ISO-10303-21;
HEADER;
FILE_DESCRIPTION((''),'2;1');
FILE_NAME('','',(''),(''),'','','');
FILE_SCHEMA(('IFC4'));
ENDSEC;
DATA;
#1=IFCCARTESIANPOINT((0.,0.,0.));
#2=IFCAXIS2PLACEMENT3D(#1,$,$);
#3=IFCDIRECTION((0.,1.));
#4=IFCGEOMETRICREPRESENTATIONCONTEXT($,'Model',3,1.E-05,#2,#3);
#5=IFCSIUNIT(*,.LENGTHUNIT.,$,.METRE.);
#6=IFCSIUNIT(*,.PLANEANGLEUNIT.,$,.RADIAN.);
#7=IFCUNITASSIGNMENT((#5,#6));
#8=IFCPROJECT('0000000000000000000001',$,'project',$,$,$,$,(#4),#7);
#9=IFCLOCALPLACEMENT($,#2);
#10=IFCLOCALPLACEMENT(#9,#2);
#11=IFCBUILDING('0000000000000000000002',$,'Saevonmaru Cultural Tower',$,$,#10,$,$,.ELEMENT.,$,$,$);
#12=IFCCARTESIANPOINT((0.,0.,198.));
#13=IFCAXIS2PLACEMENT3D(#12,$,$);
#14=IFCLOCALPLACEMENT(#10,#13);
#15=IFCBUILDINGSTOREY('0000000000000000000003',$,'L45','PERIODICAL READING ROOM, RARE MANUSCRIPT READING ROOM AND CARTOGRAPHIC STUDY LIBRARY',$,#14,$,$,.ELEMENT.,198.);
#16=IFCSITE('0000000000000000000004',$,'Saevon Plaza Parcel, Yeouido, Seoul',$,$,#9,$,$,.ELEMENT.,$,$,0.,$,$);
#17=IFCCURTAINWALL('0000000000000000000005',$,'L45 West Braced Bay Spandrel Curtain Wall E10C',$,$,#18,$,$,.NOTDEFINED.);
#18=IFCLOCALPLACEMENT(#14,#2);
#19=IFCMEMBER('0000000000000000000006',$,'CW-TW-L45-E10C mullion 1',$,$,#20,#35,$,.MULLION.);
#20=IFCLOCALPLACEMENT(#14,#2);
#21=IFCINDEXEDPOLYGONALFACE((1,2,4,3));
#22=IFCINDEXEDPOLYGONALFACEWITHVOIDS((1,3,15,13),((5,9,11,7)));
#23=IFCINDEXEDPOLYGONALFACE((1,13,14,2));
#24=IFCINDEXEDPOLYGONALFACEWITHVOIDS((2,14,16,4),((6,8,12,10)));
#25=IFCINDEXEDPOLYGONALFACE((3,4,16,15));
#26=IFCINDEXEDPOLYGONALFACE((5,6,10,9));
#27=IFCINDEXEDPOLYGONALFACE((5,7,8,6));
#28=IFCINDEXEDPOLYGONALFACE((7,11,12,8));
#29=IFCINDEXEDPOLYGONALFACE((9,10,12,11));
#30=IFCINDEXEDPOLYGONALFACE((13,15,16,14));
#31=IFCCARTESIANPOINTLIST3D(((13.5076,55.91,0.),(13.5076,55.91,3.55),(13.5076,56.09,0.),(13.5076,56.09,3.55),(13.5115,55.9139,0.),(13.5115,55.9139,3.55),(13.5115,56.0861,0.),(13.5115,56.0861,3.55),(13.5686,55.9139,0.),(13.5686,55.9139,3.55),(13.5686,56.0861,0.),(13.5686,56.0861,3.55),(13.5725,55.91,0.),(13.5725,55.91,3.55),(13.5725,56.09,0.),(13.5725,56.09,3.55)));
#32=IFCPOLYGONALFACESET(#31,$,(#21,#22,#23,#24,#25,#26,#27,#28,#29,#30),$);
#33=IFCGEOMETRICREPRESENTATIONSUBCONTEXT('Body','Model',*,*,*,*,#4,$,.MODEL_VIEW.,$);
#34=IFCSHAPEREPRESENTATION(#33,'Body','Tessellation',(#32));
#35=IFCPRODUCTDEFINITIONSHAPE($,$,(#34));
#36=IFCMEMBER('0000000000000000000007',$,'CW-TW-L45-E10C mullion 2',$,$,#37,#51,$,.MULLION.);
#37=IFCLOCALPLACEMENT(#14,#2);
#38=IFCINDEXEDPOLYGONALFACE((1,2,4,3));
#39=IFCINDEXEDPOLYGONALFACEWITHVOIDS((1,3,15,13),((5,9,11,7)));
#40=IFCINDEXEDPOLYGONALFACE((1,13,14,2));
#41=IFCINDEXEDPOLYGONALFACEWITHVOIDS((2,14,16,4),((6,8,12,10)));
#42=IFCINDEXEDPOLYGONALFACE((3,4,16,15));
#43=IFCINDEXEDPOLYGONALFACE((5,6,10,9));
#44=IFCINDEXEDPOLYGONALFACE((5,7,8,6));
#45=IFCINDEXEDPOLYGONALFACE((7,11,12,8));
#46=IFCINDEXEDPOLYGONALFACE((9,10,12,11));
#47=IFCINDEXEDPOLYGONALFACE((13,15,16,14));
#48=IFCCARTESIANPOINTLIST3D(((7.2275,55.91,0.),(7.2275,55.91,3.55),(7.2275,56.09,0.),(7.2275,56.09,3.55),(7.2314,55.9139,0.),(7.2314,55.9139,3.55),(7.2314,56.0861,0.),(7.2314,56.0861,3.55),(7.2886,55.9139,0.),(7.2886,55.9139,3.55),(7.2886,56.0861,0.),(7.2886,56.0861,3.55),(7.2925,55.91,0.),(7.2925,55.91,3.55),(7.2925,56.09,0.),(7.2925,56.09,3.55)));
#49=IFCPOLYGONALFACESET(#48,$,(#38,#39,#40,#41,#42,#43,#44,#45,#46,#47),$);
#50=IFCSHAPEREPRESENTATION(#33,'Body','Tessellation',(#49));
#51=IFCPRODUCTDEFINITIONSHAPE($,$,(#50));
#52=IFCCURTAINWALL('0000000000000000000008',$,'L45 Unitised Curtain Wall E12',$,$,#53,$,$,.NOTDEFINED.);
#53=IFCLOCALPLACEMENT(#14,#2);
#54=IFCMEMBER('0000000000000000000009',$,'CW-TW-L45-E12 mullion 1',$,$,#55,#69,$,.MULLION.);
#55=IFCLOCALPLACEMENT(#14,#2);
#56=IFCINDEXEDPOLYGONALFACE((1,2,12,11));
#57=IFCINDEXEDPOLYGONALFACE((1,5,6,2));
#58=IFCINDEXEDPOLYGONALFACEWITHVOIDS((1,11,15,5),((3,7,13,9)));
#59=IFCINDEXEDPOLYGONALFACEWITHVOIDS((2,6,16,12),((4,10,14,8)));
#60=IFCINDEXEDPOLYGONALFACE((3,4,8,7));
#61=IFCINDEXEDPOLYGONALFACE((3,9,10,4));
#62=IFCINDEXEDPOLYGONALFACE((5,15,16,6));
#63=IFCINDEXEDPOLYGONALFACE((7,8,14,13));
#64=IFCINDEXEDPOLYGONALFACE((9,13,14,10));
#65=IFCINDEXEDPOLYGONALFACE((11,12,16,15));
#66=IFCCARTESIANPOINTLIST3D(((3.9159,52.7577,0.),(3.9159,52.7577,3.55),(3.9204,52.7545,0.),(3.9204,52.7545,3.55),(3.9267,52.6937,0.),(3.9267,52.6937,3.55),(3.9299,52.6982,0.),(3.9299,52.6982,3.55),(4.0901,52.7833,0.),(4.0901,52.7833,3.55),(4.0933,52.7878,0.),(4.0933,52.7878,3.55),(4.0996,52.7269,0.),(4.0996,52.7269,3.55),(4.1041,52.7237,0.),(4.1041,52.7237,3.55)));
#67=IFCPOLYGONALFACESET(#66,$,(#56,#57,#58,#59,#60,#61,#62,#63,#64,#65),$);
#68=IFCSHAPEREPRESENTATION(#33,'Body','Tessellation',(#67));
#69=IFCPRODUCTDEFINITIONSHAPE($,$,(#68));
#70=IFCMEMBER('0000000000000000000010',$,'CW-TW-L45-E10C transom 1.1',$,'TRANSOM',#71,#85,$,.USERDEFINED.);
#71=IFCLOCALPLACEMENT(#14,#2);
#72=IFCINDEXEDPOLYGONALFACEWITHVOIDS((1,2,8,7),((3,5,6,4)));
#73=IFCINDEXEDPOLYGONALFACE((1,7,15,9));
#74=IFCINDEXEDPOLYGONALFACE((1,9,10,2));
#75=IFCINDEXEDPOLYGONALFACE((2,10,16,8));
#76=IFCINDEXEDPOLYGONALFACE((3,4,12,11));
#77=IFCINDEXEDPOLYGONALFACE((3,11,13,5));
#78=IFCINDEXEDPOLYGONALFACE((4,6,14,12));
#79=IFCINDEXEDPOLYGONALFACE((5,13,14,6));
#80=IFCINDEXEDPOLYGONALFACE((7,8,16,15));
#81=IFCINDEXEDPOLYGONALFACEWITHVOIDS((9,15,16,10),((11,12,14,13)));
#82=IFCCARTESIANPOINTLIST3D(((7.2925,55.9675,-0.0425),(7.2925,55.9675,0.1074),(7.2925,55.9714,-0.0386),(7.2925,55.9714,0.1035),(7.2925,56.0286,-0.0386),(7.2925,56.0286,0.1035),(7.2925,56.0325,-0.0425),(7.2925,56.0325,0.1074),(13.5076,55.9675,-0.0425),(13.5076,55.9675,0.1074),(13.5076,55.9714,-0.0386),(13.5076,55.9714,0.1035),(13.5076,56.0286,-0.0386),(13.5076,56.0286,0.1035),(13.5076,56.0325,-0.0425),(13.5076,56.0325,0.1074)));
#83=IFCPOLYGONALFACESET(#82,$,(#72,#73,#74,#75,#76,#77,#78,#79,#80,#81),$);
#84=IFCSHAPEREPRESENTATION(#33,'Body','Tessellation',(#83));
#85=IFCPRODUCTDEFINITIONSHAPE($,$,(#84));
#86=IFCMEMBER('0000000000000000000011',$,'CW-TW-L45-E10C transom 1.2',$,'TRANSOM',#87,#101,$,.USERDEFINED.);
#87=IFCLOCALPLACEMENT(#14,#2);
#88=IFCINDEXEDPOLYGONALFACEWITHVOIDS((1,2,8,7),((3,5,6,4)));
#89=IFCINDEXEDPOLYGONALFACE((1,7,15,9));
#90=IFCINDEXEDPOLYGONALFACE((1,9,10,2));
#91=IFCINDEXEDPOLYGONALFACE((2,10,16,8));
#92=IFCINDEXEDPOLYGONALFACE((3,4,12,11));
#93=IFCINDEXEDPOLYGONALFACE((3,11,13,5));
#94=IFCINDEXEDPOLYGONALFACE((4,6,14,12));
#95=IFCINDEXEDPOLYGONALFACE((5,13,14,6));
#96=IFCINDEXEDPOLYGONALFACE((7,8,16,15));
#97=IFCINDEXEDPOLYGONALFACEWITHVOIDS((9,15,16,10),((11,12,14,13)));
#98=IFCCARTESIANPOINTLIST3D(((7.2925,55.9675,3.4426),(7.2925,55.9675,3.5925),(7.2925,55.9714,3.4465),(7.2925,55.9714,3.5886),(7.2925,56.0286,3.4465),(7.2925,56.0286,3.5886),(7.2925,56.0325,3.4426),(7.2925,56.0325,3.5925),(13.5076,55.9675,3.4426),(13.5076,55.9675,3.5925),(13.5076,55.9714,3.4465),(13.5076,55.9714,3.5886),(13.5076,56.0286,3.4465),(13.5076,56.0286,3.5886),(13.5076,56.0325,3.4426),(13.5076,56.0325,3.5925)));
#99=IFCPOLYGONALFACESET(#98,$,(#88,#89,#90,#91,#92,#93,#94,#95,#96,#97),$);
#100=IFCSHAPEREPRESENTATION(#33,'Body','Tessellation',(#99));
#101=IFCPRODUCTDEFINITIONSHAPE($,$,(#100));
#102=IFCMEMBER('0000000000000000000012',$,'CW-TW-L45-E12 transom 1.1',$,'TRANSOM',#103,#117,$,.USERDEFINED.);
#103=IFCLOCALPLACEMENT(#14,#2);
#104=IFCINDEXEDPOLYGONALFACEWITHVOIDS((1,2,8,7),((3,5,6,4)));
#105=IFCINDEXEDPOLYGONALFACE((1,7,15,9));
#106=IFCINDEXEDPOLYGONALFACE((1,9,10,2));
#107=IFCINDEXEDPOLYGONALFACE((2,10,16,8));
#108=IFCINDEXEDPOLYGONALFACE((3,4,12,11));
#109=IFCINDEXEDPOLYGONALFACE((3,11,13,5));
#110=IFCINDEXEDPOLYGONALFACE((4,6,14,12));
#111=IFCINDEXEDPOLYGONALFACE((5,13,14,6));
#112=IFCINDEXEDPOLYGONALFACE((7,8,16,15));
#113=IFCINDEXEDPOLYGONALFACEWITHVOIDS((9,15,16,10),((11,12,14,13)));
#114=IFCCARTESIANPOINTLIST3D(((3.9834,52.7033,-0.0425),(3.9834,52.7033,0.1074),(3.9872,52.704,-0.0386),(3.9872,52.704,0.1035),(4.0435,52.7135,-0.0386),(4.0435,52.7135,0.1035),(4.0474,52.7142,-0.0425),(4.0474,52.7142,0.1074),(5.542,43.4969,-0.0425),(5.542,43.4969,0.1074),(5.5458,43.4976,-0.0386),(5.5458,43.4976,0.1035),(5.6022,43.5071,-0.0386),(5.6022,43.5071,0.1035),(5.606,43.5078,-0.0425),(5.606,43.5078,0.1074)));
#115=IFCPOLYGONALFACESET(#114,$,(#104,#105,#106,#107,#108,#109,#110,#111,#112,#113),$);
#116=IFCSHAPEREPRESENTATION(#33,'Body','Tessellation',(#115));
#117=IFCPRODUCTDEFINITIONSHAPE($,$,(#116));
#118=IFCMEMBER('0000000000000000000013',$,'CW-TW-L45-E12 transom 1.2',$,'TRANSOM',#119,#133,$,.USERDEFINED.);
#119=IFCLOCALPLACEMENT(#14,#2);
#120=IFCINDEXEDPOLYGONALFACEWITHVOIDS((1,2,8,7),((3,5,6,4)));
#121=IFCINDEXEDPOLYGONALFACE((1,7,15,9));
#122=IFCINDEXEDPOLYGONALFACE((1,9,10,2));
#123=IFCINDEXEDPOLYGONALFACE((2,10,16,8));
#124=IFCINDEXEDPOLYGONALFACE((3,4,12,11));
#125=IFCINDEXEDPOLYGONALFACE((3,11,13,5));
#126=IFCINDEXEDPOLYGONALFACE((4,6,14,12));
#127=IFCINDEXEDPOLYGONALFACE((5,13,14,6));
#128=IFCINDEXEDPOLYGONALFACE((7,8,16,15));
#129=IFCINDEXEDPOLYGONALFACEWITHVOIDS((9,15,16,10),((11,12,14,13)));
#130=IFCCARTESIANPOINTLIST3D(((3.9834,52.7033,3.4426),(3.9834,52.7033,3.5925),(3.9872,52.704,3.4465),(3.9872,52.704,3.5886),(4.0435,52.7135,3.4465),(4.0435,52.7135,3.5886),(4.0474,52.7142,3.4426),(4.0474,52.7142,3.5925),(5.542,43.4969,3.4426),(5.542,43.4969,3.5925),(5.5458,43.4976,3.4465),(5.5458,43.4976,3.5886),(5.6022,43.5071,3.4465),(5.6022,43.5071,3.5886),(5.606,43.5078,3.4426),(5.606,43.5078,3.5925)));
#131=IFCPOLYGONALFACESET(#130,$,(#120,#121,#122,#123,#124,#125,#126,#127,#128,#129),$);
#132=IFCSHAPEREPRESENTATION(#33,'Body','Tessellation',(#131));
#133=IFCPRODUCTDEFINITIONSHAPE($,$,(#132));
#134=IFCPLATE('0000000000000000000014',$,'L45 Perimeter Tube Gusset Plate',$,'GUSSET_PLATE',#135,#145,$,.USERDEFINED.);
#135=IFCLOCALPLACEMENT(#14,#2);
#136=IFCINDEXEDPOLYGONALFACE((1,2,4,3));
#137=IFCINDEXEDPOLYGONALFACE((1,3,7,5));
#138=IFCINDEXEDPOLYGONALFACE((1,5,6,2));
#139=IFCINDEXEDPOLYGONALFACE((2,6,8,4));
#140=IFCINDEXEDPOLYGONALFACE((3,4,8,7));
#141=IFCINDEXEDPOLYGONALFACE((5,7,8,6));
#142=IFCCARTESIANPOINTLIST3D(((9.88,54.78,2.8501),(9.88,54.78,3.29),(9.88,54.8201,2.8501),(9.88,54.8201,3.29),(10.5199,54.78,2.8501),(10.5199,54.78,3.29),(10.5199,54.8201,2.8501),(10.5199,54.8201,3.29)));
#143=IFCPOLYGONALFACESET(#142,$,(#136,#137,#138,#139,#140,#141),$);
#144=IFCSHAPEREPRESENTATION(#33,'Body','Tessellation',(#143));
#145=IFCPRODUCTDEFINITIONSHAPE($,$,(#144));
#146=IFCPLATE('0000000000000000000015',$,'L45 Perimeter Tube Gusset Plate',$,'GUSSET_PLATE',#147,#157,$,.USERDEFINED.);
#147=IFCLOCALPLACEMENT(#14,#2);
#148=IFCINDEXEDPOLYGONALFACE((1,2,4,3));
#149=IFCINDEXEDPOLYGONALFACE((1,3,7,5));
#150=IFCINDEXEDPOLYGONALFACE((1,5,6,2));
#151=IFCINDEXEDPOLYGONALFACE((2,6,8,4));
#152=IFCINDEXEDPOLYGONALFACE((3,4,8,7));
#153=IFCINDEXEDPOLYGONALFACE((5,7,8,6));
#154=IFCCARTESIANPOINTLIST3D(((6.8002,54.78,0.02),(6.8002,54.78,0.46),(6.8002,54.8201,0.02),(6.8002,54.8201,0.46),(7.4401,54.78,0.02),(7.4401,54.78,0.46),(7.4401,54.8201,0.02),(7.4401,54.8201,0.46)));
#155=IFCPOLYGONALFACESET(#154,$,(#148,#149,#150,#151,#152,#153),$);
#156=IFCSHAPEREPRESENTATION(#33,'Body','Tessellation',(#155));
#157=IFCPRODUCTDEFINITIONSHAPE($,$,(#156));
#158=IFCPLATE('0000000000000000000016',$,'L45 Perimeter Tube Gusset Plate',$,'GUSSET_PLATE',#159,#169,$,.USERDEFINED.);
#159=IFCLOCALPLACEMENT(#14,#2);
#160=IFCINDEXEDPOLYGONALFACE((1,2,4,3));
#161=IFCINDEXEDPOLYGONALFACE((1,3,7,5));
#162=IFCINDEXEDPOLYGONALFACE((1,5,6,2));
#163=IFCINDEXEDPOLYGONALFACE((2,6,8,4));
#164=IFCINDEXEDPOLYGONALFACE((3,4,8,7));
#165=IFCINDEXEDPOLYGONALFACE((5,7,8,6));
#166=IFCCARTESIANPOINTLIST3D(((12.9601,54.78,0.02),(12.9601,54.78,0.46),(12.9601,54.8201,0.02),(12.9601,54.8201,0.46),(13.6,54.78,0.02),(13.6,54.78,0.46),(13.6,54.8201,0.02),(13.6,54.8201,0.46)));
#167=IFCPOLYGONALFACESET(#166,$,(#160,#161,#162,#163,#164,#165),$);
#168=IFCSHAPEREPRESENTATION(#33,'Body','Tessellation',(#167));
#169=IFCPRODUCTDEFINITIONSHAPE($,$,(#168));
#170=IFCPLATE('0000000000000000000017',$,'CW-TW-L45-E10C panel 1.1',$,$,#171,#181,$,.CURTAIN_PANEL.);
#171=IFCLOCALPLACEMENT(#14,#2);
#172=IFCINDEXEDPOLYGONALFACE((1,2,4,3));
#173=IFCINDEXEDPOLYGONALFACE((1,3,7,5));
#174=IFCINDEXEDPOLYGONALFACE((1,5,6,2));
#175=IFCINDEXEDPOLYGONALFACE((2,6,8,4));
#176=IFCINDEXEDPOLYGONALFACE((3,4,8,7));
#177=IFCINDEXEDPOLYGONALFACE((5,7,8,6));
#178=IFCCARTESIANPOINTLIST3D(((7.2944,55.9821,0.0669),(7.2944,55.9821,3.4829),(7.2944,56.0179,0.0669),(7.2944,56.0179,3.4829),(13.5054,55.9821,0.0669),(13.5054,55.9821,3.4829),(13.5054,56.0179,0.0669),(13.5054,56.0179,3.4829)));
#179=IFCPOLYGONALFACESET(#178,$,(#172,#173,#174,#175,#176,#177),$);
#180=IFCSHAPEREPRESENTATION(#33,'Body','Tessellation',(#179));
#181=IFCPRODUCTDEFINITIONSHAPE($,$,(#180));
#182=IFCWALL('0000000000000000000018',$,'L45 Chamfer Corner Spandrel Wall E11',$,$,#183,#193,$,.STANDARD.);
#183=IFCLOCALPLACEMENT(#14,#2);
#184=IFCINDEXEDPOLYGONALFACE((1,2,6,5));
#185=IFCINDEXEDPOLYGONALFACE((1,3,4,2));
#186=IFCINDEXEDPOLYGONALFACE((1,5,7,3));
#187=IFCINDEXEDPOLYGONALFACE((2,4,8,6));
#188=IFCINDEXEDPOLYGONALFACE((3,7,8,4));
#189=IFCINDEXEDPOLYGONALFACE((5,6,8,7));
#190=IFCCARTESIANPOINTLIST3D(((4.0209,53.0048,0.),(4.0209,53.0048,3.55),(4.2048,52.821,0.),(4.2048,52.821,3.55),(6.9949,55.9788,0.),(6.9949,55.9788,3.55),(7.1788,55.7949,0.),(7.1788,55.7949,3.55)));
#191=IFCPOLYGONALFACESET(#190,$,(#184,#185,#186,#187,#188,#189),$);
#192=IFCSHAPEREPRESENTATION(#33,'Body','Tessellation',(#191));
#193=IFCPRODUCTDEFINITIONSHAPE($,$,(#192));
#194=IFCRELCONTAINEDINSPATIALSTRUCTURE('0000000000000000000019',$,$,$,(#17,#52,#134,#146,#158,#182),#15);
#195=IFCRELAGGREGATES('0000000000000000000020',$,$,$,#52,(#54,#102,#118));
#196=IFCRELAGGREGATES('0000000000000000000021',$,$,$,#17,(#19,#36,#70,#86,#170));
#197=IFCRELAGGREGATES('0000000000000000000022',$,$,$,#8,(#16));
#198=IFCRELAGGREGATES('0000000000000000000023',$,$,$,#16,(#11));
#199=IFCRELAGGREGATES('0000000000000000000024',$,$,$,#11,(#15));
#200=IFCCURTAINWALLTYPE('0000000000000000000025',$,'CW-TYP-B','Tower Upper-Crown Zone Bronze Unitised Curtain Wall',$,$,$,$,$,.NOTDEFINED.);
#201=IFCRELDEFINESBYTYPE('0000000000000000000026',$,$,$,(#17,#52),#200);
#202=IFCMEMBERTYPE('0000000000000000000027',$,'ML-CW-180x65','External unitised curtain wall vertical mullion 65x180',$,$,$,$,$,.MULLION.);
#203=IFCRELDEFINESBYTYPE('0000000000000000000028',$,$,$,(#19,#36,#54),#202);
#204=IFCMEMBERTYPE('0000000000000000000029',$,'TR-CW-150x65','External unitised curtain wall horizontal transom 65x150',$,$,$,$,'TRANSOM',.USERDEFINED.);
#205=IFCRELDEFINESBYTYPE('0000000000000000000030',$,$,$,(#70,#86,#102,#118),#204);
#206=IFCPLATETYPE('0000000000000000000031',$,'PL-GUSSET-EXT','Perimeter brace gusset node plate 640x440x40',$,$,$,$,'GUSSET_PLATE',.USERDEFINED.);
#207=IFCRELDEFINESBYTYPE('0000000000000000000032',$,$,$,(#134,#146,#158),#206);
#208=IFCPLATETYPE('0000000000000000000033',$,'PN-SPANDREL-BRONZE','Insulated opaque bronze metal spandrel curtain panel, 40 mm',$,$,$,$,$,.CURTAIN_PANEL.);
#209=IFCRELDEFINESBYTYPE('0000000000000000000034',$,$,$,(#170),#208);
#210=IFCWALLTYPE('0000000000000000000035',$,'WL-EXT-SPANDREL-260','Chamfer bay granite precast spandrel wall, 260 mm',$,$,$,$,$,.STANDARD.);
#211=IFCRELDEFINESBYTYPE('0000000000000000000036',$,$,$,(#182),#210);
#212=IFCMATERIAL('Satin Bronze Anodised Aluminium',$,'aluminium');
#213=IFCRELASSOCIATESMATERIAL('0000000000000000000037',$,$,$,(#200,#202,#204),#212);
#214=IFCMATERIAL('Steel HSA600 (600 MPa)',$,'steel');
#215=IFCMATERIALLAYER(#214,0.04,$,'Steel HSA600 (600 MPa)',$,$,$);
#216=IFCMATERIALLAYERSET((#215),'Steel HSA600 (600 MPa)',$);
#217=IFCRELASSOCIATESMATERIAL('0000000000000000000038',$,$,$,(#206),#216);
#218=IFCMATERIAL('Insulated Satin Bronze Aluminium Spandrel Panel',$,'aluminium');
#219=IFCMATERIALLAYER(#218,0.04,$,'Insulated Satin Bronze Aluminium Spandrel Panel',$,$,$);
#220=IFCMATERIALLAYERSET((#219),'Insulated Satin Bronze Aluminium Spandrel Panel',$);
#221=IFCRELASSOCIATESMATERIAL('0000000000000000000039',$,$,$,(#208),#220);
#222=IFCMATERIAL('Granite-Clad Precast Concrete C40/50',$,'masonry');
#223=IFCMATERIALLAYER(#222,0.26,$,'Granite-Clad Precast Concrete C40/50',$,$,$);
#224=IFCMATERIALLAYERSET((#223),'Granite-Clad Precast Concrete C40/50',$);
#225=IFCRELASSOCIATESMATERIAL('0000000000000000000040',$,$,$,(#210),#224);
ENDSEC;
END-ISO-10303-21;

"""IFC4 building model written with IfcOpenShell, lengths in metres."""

from ifc_helpers import new_model, si_unit, direction, frame, frame_2d, origin, origin_2d, place, context, subcontext, project, spatial, rectangle, hollow_rectangle, extrude, material, layer, layer_set, material_profile, profile_set, type_object, element, aggregate, save


model = new_model("IFC4")

# Units and contexts
model_context = context("Model", 3, precision=1e-05, world=origin(), true_north=direction((0.0, 1.0)))
body_context = subcontext(model_context, "Body", "Model", "MODEL_VIEW")
ifc_project = project(units=[si_unit("LENGTHUNIT", "METRE"), si_unit("PLANEANGLEUNIT", "RADIAN")], contexts=[model_context])

# Site, building, storey
site_placement = place(None, origin())
site = spatial("IfcSite", under=ifc_project, at=site_placement, Name="Saevon Plaza Parcel, Yeouido, Seoul", CompositionType="ELEMENT", RefElevation=0.0)
building_placement = place(site_placement, origin())
building = spatial("IfcBuilding", under=site, at=building_placement, Name="Saevonmaru Cultural Tower", CompositionType="ELEMENT")
storey_placement = place(building_placement, frame((0.0, 0.0, 198.0)))
storey = spatial("IfcBuildingStorey", under=building, at=storey_placement, Name="L45", Description="PERIODICAL READING ROOM, RARE MANUSCRIPT READING ROOM AND CARTOGRAPHIC STUDY LIBRARY", CompositionType="ELEMENT", Elevation=198.0)

# Curtain wall, members
ifc_material_1 = material(Name="Satin Bronze Anodised Aluminium", Category="aluminium")
curtain_wall_type = type_object("IfcCurtainWallType", Name="CW-TYP-B", Description="Tower Upper-Crown Zone Bronze Unitised Curtain Wall", PredefinedType="NOTDEFINED", material=ifc_material_1)
curtain_wall_1_placement = place(storey_placement, origin())
curtain_wall_1 = element("IfcCurtainWall", 1, at=curtain_wall_1_placement, inside=storey, type_object=curtain_wall_type, Name="L45 West Braced Bay Spandrel Curtain Wall E10C", PredefinedType="NOTDEFINED")
ifc_material_profile_1 = material_profile(ifc_material_1, hollow_rectangle(XDim=0.0649, YDim=0.1799, WallThickness=0.0039, at=origin_2d()), Name="ALU-MULL-180x65x4")
ifc_profile_set_1 = profile_set([ifc_material_profile_1], Name="Satin Bronze Anodised Aluminium")
member_type_1 = type_object("IfcMemberType", Name="ML-CW-180x65", Description="External unitised curtain wall vertical mullion 65x180", PredefinedType="MULLION", material=ifc_profile_set_1)
member_1_placement = place(storey_placement, frame((13.54, 56.0, 0.0), z_axis=(0.0, 0.0, 1.0), x_axis=(-1.0, 0.0, 0.0)))
member_1 = element("IfcMember", 2, at=member_1_placement, type_object=member_type_1, Name="CW-TW-L45-E10C mullion 1", PredefinedType="MULLION", context=body_context, shape_type="SweptSolid", body=[
    extrude(hollow_rectangle(XDim=0.0649, YDim=0.1799, WallThickness=0.0039, at=origin_2d()), origin(), (0.0, 0.0, 1.0), 3.55),
])
member_2_placement = place(storey_placement, frame((7.26, 56.0, 0.0), z_axis=(0.0, 0.0, 1.0), x_axis=(-1.0, 0.0, 0.0)))
member_2 = element("IfcMember", 3, at=member_2_placement, type_object=member_type_1, Name="CW-TW-L45-E10C mullion 2", PredefinedType="MULLION", context=body_context, shape_type="SweptSolid", body=[
    extrude(hollow_rectangle(XDim=0.0649, YDim=0.1799, WallThickness=0.0039, at=origin_2d()), origin(), (0.0, 0.0, 1.0), 3.55),
])

# Curtain wall, member
curtain_wall_2_placement = place(storey_placement, origin())
curtain_wall_2 = element("IfcCurtainWall", 4, at=curtain_wall_2_placement, inside=storey, type_object=curtain_wall_type, Name="L45 Unitised Curtain Wall E12", PredefinedType="NOTDEFINED")
member_3_placement = place(storey_placement, frame((4.01, 52.7407, 0.0), z_axis=(0.0, 0.0, 1.0), x_axis=(0.166922, -0.98597, 0.0)))
member_3 = element("IfcMember", 5, at=member_3_placement, type_object=member_type_1, Name="CW-TW-L45-E12 mullion 1", PredefinedType="MULLION", context=body_context, shape_type="SweptSolid", body=[
    extrude(hollow_rectangle(XDim=0.0649, YDim=0.1799, WallThickness=0.0039, at=origin_2d()), origin(), (0.0, 0.0, 1.0), 3.55),
])

# Members
ifc_material_profile_2 = material_profile(ifc_material_1, hollow_rectangle(XDim=0.0649, YDim=0.1499, WallThickness=0.0039, at=origin_2d()), Name="ALU-TRAN-150x65x4")
ifc_profile_set_2 = profile_set([ifc_material_profile_2], Name="Satin Bronze Anodised Aluminium")
member_type_2 = type_object("IfcMemberType", Name="TR-CW-150x65", Description="External unitised curtain wall horizontal transom 65x150", ElementType="TRANSOM", PredefinedType="USERDEFINED", material=ifc_profile_set_2)
member_4_placement = place(storey_placement, frame((13.5076, 56.0, 0.0325), z_axis=(-1.0, 0.0, 0.0), x_axis=(0.0, -1.0, 0.0)))
member_4 = element("IfcMember", 6, at=member_4_placement, type_object=member_type_2, Name="CW-TW-L45-E10C transom 1.1", ObjectType="TRANSOM", PredefinedType="USERDEFINED", context=body_context, shape_type="SweptSolid", body=[
    extrude(hollow_rectangle(XDim=0.0649, YDim=0.1499, WallThickness=0.0039, at=origin_2d()), origin(), (0.0, 0.0, 1.0), 6.2151),
])
member_5_placement = place(storey_placement, frame((13.5076, 56.0, 3.5176), z_axis=(-1.0, 0.0, 0.0), x_axis=(0.0, -1.0, 0.0)))
member_5 = element("IfcMember", 7, at=member_5_placement, type_object=member_type_2, Name="CW-TW-L45-E10C transom 1.2", ObjectType="TRANSOM", PredefinedType="USERDEFINED", context=body_context, shape_type="SweptSolid", body=[
    extrude(hollow_rectangle(XDim=0.0649, YDim=0.1499, WallThickness=0.0039, at=origin_2d()), origin(), (0.0, 0.0, 1.0), 6.2151),
])
member_6_placement = place(storey_placement, frame((4.0154, 52.7087, 0.0325), z_axis=(0.166921, -0.98597, 0.0), x_axis=(0.98597, 0.166921, 0.0)))
member_6 = element("IfcMember", 8, at=member_6_placement, type_object=member_type_2, Name="CW-TW-L45-E12 transom 1.1", ObjectType="TRANSOM", PredefinedType="USERDEFINED", context=body_context, shape_type="SweptSolid", body=[
    extrude(hollow_rectangle(XDim=0.0649, YDim=0.1499, WallThickness=0.0039, at=origin_2d()), origin(), (0.0, 0.0, 1.0), 9.3374),
])
member_7_placement = place(storey_placement, frame((4.0154, 52.7087, 3.5176), z_axis=(0.166921, -0.98597, 0.0), x_axis=(0.98597, 0.166921, 0.0)))
member_7 = element("IfcMember", 9, at=member_7_placement, type_object=member_type_2, Name="CW-TW-L45-E12 transom 1.2", ObjectType="TRANSOM", PredefinedType="USERDEFINED", context=body_context, shape_type="SweptSolid", body=[
    extrude(hollow_rectangle(XDim=0.0649, YDim=0.1499, WallThickness=0.0039, at=origin_2d()), origin(), (0.0, 0.0, 1.0), 9.3374),
])
aggregate(curtain_wall_2, [member_3, member_6, member_7])

# Plates
ifc_material_2 = material(Name="Steel HSA600 (600 MPa)", Category="steel")
ifc_layer_1 = layer(ifc_material_2, 0.04, Name="Steel HSA600 (600 MPa)")
ifc_layer_set_1 = layer_set([ifc_layer_1], Name="Steel HSA600 (600 MPa)")
plate_type_1 = type_object("IfcPlateType", Name="PL-GUSSET-EXT", Description="Perimeter brace gusset node plate 640x440x40", ElementType="GUSSET_PLATE", PredefinedType="USERDEFINED", material=ifc_layer_set_1)
for number, where, z_axis, x_axis, name in (
    (10, (10.2, 54.8, 2.8501), (0.0, 0.0, 1.0), (1.0, 0.0, 0.0), "L45 Perimeter Tube Gusset Plate"),
    (11, (7.1201, 54.8, 0.02), (0.0, 0.0, 1.0), (1.0, 0.0, 0.0), "L45 Perimeter Tube Gusset Plate"),
    (12, (13.28, 54.8, 0.02), (0.0, 0.0, 1.0), (1.0, 0.0, 0.0), "L45 Perimeter Tube Gusset Plate"),
):
    element("IfcPlate", number, at=place(storey_placement, frame(where, z_axis=z_axis, x_axis=x_axis)), inside=storey, type_object=plate_type_1, Name=name, ObjectType="GUSSET_PLATE", PredefinedType="USERDEFINED", context=body_context, shape_type="SweptSolid", body=[
        extrude(rectangle(XDim=0.6399, YDim=0.04, at=origin_2d()), origin(), (0.0, 0.0, 1.0), 0.4399),
    ])

# Plate
ifc_material_3 = material(Name="Insulated Satin Bronze Aluminium Spandrel Panel", Category="aluminium")
ifc_layer_2 = layer(ifc_material_3, 0.04, Name="Insulated Satin Bronze Aluminium Spandrel Panel")
ifc_layer_set_2 = layer_set([ifc_layer_2], Name="Insulated Satin Bronze Aluminium Spandrel Panel")
plate_type_2 = type_object("IfcPlateType", Name="PN-SPANDREL-BRONZE", Description="Insulated opaque bronze metal spandrel curtain panel, 40 mm", PredefinedType="CURTAIN_PANEL", material=ifc_layer_set_2)
plate_placement = place(storey_placement, frame((10.3999, 56.0, 0.0669), z_axis=(0.0, 0.0, 1.0), x_axis=(-1.0, 0.0, 0.0)))
plate = element("IfcPlate", 13, at=plate_placement, type_object=plate_type_2, Name="CW-TW-L45-E10C panel 1.1", PredefinedType="CURTAIN_PANEL", context=body_context, shape_type="SweptSolid", body=[
    extrude(rectangle(XDim=6.2109, YDim=0.0359, at=origin_2d()), origin(), (0.0, 0.0, 1.0), 3.416),
])
aggregate(curtain_wall_1, [member_1, member_2, member_4, member_5, plate])

# Wall
ifc_material_4 = material(Name="Granite-Clad Precast Concrete C40/50", Category="masonry")
ifc_layer_3 = layer(ifc_material_4, 0.26, Name="Granite-Clad Precast Concrete C40/50")
ifc_layer_set_3 = layer_set([ifc_layer_3], Name="Granite-Clad Precast Concrete C40/50")
wall_type_1 = type_object("IfcWallType", Name="WL-EXT-SPANDREL-260", Description="Chamfer bay granite precast spandrel wall, 260 mm", PredefinedType="STANDARD", material=ifc_layer_set_3)
wall_1_placement = place(storey_placement, frame((7.0869, 55.887, 0.0), z_axis=(0.0, 0.0, 1.0), x_axis=(-0.707107, -0.707107, 0.0)))
element("IfcWall", 14, at=wall_1_placement, inside=storey, type_object=wall_type_1, Name="L45 Chamfer Corner Spandrel Wall E11", PredefinedType="STANDARD", context=body_context, shape_type="SweptSolid", body=[
    extrude(rectangle(XDim=4.2058, YDim=0.26, at=frame_2d((2.103, 0.0))), origin(), (0.0, 0.0, 1.0), 3.55),
])

save(model, "model.ifc")
